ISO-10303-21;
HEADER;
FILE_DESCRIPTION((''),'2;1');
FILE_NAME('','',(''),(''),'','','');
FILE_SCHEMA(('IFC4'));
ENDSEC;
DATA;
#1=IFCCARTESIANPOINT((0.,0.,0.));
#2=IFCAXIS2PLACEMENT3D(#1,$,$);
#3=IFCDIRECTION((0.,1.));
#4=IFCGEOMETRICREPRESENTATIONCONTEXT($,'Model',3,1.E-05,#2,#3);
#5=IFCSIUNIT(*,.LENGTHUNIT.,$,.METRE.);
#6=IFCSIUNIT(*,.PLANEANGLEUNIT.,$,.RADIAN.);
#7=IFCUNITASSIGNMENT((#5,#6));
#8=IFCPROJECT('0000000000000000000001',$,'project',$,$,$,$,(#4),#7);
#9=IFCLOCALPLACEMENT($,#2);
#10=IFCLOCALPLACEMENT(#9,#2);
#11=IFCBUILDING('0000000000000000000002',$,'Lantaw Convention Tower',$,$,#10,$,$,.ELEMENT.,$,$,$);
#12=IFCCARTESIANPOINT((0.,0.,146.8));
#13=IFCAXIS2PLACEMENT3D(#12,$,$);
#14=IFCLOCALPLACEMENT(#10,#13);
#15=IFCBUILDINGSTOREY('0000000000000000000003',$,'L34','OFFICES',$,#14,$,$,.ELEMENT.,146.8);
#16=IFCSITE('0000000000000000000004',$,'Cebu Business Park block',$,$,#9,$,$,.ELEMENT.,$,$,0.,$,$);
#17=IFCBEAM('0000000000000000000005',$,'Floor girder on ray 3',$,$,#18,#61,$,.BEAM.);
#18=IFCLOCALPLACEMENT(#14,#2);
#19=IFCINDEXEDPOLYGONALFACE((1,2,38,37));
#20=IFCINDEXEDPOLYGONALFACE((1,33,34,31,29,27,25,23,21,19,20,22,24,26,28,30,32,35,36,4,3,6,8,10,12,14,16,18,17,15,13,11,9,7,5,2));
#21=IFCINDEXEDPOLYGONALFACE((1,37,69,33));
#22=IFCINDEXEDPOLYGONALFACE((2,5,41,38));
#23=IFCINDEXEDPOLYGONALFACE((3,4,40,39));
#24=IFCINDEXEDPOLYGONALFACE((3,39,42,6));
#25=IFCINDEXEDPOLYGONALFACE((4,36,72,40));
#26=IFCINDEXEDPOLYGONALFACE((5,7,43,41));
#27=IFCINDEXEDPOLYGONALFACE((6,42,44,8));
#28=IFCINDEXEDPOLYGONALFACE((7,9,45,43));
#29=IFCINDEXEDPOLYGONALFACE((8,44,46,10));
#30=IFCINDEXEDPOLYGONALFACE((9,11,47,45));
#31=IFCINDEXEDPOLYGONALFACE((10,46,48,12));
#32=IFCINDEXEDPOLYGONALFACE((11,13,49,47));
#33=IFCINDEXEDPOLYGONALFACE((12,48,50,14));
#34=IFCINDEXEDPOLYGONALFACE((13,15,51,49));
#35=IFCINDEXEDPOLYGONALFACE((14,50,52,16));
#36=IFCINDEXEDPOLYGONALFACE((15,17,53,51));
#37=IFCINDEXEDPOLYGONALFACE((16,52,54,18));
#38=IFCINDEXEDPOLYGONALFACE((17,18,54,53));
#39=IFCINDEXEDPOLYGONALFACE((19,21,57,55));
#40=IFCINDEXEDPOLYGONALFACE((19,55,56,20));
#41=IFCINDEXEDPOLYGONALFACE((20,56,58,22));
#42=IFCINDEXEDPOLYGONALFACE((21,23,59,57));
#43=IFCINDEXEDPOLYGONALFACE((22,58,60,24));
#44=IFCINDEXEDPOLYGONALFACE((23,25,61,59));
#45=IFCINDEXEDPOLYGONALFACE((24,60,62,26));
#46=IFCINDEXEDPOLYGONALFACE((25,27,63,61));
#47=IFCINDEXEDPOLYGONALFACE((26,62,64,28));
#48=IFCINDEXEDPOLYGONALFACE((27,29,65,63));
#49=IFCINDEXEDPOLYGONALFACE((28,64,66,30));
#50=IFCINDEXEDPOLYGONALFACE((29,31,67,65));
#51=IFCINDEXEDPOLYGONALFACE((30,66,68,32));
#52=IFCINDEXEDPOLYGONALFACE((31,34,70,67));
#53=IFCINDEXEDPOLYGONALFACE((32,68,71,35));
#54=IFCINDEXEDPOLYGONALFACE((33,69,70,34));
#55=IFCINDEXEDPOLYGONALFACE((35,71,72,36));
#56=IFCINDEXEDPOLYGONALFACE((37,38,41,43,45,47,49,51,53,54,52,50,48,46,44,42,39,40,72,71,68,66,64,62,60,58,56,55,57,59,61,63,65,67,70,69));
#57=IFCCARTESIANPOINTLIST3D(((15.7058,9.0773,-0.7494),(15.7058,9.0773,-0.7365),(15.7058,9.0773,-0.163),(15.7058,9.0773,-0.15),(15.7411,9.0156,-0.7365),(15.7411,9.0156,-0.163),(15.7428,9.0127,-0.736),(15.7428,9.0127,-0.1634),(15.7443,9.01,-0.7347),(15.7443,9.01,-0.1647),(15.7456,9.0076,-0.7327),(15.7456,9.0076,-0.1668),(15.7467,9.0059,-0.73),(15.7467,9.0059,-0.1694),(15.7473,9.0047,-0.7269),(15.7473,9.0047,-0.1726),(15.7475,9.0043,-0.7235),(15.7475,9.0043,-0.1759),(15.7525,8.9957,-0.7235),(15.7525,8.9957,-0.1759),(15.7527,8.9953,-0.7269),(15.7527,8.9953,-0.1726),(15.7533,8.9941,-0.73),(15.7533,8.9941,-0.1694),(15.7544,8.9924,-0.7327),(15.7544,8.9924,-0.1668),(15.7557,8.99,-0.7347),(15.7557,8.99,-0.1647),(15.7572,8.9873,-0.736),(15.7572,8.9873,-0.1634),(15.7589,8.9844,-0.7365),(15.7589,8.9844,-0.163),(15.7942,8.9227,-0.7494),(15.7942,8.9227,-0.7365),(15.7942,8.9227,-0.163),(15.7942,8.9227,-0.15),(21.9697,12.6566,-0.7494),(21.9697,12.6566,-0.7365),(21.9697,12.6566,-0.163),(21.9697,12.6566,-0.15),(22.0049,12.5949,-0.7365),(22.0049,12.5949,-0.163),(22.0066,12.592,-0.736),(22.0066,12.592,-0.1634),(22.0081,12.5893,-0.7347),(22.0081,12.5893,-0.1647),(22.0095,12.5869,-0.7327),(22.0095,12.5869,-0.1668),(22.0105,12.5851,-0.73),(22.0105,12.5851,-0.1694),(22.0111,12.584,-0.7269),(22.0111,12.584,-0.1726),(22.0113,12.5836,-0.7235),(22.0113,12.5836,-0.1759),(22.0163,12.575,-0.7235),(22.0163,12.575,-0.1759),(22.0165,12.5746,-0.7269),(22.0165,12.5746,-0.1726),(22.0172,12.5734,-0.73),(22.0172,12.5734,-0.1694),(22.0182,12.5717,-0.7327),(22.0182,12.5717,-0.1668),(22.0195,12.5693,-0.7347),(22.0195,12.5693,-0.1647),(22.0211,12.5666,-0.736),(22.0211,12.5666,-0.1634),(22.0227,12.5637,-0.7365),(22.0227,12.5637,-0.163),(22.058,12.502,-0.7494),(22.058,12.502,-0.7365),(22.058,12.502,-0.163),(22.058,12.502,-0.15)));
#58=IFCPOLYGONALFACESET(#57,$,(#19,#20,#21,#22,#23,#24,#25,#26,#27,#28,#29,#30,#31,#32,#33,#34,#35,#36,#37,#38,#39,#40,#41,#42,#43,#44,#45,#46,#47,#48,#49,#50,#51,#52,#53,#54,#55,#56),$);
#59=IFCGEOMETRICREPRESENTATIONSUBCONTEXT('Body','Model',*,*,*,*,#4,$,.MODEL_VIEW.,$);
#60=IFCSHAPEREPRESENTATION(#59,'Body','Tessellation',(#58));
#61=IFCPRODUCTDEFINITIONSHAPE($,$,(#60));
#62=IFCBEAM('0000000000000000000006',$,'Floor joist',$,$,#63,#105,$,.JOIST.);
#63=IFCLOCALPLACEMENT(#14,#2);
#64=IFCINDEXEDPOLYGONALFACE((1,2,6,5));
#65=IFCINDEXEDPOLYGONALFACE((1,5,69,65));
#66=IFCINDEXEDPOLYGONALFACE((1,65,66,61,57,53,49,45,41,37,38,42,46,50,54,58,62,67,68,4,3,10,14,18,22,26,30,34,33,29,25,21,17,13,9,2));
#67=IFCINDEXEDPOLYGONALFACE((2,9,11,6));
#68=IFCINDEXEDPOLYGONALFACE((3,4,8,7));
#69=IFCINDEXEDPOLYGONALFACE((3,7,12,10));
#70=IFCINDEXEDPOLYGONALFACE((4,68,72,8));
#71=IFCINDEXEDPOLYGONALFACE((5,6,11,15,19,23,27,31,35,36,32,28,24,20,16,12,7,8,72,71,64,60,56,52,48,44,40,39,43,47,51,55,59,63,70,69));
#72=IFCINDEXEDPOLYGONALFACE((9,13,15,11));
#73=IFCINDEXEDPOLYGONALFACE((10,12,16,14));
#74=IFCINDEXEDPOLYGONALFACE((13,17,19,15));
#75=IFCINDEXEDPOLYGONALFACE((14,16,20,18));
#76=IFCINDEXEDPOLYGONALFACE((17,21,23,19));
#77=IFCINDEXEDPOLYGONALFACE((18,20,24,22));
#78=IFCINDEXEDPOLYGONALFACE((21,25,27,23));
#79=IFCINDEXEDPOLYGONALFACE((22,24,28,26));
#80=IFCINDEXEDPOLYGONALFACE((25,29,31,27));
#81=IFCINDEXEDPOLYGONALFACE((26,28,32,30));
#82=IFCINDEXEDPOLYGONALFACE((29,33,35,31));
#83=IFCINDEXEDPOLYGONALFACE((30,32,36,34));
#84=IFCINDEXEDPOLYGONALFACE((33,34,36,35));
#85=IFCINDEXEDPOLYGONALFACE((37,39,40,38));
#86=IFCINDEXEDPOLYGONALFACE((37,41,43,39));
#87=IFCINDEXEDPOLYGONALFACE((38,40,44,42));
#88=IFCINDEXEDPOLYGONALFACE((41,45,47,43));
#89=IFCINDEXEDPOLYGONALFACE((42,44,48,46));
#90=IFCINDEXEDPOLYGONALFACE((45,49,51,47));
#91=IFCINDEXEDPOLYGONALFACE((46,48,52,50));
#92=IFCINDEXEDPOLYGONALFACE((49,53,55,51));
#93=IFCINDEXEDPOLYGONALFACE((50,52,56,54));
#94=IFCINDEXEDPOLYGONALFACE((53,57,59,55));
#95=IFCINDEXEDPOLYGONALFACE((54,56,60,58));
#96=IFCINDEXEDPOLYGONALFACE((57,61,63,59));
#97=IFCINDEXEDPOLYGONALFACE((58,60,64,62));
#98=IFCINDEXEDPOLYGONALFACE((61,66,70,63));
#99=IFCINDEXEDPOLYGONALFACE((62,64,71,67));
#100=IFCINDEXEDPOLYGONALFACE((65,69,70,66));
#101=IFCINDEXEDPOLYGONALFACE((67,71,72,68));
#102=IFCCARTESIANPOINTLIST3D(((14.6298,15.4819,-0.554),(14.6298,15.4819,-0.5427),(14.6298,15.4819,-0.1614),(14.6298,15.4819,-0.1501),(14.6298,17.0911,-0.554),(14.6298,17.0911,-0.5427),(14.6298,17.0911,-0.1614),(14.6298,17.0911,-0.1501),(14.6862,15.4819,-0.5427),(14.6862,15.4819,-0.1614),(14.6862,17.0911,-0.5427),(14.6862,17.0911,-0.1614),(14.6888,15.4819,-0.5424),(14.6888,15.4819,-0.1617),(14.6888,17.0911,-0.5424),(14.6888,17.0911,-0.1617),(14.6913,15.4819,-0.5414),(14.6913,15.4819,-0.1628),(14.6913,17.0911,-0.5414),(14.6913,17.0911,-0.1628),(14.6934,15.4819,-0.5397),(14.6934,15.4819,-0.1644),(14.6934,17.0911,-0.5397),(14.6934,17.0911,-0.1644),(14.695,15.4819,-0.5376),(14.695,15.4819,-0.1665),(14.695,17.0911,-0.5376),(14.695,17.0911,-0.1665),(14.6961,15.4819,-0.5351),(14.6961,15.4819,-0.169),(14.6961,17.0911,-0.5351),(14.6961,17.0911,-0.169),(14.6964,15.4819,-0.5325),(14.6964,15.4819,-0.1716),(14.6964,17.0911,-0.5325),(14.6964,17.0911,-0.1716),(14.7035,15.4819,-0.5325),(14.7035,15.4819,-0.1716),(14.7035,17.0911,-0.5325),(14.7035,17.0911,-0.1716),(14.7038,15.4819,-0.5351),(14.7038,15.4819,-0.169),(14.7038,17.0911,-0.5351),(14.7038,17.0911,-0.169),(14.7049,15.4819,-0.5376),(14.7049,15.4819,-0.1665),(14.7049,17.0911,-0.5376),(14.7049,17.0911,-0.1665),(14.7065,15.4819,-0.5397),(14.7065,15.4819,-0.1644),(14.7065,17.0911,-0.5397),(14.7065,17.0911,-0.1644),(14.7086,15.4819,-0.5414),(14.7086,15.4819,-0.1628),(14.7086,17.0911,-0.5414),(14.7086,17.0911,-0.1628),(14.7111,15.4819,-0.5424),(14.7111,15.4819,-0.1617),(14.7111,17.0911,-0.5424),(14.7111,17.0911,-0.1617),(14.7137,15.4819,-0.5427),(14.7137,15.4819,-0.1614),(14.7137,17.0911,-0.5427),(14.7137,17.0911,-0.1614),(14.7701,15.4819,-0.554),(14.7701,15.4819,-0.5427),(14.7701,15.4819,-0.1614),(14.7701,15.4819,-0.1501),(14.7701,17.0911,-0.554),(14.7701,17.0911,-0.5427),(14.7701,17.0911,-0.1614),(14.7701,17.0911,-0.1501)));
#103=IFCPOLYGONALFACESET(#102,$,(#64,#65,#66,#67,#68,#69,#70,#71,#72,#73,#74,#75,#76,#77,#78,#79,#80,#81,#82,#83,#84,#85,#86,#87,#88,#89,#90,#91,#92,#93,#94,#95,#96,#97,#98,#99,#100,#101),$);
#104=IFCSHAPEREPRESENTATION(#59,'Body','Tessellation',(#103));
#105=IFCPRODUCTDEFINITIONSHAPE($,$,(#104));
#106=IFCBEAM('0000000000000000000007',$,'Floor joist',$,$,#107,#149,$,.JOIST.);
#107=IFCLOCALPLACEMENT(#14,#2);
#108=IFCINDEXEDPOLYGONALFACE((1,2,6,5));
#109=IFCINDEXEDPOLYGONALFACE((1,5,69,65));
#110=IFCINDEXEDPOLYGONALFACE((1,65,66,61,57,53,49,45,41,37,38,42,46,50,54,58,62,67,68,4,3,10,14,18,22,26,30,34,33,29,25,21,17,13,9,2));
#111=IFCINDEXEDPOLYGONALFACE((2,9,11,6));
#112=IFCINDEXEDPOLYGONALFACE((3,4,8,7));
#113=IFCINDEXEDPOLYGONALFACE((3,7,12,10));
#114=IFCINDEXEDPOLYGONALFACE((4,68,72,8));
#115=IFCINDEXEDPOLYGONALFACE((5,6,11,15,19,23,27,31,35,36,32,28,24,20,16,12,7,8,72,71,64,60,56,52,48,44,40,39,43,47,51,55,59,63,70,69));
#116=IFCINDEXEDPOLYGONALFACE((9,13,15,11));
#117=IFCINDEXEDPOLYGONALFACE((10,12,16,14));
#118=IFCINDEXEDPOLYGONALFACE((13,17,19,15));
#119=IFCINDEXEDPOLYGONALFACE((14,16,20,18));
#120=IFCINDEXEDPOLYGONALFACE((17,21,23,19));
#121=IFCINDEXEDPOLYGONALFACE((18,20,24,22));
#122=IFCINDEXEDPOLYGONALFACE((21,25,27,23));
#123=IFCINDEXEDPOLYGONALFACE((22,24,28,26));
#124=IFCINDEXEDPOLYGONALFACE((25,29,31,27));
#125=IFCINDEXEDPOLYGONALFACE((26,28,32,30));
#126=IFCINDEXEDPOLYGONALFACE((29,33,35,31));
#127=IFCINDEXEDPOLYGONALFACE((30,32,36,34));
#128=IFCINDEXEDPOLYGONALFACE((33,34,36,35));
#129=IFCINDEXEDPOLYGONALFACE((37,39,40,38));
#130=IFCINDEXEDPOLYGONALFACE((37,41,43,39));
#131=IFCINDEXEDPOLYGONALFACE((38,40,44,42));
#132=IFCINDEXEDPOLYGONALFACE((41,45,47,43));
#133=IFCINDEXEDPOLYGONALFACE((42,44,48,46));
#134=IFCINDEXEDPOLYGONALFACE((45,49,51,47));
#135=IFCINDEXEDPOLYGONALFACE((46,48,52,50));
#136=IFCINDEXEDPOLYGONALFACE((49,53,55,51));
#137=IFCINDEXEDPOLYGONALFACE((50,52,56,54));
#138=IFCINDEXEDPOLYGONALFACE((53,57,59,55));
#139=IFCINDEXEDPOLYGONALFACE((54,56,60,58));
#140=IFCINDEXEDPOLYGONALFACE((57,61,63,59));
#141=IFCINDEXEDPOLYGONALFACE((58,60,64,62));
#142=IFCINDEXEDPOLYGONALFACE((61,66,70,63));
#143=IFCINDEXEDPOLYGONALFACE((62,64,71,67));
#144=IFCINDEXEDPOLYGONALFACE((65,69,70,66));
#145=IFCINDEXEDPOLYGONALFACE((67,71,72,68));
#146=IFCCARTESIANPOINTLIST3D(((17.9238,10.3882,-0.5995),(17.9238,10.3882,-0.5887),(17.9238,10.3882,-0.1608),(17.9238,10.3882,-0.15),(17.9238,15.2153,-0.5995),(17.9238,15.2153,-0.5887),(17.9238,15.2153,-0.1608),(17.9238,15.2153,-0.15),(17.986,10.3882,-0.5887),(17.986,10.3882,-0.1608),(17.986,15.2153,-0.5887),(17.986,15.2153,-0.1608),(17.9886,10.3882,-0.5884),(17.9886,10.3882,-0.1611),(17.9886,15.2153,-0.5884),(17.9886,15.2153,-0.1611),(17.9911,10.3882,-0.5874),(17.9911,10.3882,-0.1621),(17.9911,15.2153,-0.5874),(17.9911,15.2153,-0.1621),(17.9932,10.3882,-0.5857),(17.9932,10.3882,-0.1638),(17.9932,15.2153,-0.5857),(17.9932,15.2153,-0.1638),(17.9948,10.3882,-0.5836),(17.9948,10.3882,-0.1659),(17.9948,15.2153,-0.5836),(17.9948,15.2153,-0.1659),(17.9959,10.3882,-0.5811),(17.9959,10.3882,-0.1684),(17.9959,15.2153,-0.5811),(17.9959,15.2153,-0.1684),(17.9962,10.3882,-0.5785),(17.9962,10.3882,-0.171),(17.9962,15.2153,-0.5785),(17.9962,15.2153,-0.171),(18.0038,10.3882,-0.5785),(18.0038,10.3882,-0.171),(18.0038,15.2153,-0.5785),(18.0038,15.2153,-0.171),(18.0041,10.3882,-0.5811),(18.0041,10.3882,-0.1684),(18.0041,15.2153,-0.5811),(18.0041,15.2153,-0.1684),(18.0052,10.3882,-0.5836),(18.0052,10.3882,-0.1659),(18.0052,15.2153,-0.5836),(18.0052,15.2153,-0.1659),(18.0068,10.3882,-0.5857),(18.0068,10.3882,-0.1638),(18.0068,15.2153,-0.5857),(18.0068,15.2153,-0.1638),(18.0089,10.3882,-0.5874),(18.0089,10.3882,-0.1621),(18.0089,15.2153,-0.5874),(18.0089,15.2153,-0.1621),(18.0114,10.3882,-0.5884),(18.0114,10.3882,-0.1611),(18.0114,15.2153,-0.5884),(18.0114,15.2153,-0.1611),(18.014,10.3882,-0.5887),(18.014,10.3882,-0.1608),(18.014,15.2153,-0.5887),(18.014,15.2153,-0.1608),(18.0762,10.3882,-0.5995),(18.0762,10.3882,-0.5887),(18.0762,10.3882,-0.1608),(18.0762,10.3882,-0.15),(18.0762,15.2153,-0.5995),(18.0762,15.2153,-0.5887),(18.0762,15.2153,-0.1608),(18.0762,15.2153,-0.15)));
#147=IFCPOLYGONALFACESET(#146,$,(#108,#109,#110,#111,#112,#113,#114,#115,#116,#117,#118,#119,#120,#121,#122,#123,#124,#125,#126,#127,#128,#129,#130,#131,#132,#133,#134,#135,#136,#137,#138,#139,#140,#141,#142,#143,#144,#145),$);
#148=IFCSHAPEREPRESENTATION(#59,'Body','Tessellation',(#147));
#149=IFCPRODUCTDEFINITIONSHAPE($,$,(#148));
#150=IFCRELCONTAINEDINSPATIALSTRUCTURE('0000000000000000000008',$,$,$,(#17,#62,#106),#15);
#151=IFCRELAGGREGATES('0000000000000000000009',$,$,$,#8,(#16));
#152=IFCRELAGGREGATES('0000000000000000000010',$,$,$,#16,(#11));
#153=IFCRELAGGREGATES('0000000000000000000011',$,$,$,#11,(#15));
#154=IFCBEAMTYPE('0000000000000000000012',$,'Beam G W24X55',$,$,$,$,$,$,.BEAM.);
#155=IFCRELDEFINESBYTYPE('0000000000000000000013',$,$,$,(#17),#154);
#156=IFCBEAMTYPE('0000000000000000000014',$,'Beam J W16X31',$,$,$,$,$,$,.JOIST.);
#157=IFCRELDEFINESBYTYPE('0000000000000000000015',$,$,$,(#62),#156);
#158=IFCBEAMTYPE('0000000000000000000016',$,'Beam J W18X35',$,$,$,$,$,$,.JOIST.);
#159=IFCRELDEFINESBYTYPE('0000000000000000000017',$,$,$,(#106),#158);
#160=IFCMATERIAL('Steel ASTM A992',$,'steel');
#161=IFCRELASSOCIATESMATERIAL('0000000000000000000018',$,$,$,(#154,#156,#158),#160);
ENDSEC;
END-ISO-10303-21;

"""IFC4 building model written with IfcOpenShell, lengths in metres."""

from ifc_helpers import new_model, si_unit, direction, frame, origin, origin_2d, place, context, subcontext, project, spatial, i_section, extrude, material, material_profile, profile_set, type_object, element, save


model = new_model("IFC4")

# Units and contexts
model_context = context("Model", 3, precision=1e-05, world=origin(), true_north=direction((0.0, 1.0)))
body_context = subcontext(model_context, "Body", "Model", "MODEL_VIEW")
ifc_project = project(units=[si_unit("LENGTHUNIT", "METRE"), si_unit("PLANEANGLEUNIT", "RADIAN")], contexts=[model_context])

# Site, building, storey
site_placement = place(None, origin())
site = spatial("IfcSite", under=ifc_project, at=site_placement, Name="Cebu Business Park block", CompositionType="ELEMENT", RefElevation=0.0)
building_placement = place(site_placement, origin())
building = spatial("IfcBuilding", under=site, at=building_placement, Name="Lantaw Convention Tower", CompositionType="ELEMENT")
storey_placement = place(building_placement, frame((0.0, 0.0, 146.8)))
storey = spatial("IfcBuildingStorey", under=building, at=storey_placement, Name="L34", Description="OFFICES", CompositionType="ELEMENT", Elevation=146.8)

# Beams
ifc_material_1 = material(Name="Steel ASTM A992", Category="steel")
ifc_material_profile_1 = material_profile(ifc_material_1, i_section(OverallWidth=0.178, OverallDepth=0.5994, WebThickness=0.01, FlangeThickness=0.0129, FilletRadius=0.0129, at=origin_2d()), Name="W24X55")
ifc_profile_set_1 = profile_set([ifc_material_profile_1], Name="Steel ASTM A992")
beam_type_1 = type_object("IfcBeamType", Name="Beam G W24X55", PredefinedType="BEAM", material=ifc_profile_set_1)
beam_1_placement = place(storey_placement, frame((15.75, 9.0, -0.4497), z_axis=(0.868245, 0.496135, 0.0), x_axis=(-0.496135, 0.868245, 0.0)))
element("IfcBeam", 1, at=beam_1_placement, inside=storey, type_object=beam_type_1, Name="Floor girder on ray 3", PredefinedType="BEAM", context=body_context, shape_type="SweptSolid", body=[
    extrude(i_section(OverallWidth=0.178, OverallDepth=0.5994, WebThickness=0.01, FlangeThickness=0.0129, FilletRadius=0.0129, at=origin_2d()), origin(), (0.0, 0.0, 1.0), 7.2144),
])
ifc_material_profile_2 = material_profile(ifc_material_1, i_section(OverallWidth=0.1404, OverallDepth=0.4038, WebThickness=0.0071, FlangeThickness=0.0112, FilletRadius=0.0103, at=origin_2d()), Name="W16X31")
ifc_profile_set_2 = profile_set([ifc_material_profile_2], Name="Steel ASTM A992")
beam_type_2 = type_object("IfcBeamType", Name="Beam J W16X31", PredefinedType="JOIST", material=ifc_profile_set_2)
beam_2_placement = place(storey_placement, frame((14.7, 15.4819, -0.3521), z_axis=(0.0, 1.0, 0.0), x_axis=(-1.0, 0.0, 0.0)))
element("IfcBeam", 2, at=beam_2_placement, inside=storey, type_object=beam_type_2, Name="Floor joist", PredefinedType="JOIST", context=body_context, shape_type="SweptSolid", body=[
    extrude(i_section(OverallWidth=0.1404, OverallDepth=0.4038, WebThickness=0.0071, FlangeThickness=0.0112, FilletRadius=0.0103, at=origin_2d()), origin(), (0.0, 0.0, 1.0), 1.6091),
])
ifc_material_profile_3 = material_profile(ifc_material_1, i_section(OverallWidth=0.1523, OverallDepth=0.4495, WebThickness=0.0076, FlangeThickness=0.0107, FilletRadius=0.0103, at=origin_2d()), Name="W18X35")
ifc_profile_set_3 = profile_set([ifc_material_profile_3], Name="Steel ASTM A992")
beam_type_3 = type_object("IfcBeamType", Name="Beam J W18X35", PredefinedType="JOIST", material=ifc_profile_set_3)
beam_3_placement = place(storey_placement, frame((18.0, 10.3882, -0.3748), z_axis=(0.0, 1.0, 0.0), x_axis=(-1.0, 0.0, 0.0)))
element("IfcBeam", 3, at=beam_3_placement, inside=storey, type_object=beam_type_3, Name="Floor joist", PredefinedType="JOIST", context=body_context, shape_type="SweptSolid", body=[
    extrude(i_section(OverallWidth=0.1523, OverallDepth=0.4495, WebThickness=0.0076, FlangeThickness=0.0107, FilletRadius=0.0103, at=origin_2d()), origin(), (0.0, 0.0, 1.0), 4.8271),
])

save(model, "model.ifc")
